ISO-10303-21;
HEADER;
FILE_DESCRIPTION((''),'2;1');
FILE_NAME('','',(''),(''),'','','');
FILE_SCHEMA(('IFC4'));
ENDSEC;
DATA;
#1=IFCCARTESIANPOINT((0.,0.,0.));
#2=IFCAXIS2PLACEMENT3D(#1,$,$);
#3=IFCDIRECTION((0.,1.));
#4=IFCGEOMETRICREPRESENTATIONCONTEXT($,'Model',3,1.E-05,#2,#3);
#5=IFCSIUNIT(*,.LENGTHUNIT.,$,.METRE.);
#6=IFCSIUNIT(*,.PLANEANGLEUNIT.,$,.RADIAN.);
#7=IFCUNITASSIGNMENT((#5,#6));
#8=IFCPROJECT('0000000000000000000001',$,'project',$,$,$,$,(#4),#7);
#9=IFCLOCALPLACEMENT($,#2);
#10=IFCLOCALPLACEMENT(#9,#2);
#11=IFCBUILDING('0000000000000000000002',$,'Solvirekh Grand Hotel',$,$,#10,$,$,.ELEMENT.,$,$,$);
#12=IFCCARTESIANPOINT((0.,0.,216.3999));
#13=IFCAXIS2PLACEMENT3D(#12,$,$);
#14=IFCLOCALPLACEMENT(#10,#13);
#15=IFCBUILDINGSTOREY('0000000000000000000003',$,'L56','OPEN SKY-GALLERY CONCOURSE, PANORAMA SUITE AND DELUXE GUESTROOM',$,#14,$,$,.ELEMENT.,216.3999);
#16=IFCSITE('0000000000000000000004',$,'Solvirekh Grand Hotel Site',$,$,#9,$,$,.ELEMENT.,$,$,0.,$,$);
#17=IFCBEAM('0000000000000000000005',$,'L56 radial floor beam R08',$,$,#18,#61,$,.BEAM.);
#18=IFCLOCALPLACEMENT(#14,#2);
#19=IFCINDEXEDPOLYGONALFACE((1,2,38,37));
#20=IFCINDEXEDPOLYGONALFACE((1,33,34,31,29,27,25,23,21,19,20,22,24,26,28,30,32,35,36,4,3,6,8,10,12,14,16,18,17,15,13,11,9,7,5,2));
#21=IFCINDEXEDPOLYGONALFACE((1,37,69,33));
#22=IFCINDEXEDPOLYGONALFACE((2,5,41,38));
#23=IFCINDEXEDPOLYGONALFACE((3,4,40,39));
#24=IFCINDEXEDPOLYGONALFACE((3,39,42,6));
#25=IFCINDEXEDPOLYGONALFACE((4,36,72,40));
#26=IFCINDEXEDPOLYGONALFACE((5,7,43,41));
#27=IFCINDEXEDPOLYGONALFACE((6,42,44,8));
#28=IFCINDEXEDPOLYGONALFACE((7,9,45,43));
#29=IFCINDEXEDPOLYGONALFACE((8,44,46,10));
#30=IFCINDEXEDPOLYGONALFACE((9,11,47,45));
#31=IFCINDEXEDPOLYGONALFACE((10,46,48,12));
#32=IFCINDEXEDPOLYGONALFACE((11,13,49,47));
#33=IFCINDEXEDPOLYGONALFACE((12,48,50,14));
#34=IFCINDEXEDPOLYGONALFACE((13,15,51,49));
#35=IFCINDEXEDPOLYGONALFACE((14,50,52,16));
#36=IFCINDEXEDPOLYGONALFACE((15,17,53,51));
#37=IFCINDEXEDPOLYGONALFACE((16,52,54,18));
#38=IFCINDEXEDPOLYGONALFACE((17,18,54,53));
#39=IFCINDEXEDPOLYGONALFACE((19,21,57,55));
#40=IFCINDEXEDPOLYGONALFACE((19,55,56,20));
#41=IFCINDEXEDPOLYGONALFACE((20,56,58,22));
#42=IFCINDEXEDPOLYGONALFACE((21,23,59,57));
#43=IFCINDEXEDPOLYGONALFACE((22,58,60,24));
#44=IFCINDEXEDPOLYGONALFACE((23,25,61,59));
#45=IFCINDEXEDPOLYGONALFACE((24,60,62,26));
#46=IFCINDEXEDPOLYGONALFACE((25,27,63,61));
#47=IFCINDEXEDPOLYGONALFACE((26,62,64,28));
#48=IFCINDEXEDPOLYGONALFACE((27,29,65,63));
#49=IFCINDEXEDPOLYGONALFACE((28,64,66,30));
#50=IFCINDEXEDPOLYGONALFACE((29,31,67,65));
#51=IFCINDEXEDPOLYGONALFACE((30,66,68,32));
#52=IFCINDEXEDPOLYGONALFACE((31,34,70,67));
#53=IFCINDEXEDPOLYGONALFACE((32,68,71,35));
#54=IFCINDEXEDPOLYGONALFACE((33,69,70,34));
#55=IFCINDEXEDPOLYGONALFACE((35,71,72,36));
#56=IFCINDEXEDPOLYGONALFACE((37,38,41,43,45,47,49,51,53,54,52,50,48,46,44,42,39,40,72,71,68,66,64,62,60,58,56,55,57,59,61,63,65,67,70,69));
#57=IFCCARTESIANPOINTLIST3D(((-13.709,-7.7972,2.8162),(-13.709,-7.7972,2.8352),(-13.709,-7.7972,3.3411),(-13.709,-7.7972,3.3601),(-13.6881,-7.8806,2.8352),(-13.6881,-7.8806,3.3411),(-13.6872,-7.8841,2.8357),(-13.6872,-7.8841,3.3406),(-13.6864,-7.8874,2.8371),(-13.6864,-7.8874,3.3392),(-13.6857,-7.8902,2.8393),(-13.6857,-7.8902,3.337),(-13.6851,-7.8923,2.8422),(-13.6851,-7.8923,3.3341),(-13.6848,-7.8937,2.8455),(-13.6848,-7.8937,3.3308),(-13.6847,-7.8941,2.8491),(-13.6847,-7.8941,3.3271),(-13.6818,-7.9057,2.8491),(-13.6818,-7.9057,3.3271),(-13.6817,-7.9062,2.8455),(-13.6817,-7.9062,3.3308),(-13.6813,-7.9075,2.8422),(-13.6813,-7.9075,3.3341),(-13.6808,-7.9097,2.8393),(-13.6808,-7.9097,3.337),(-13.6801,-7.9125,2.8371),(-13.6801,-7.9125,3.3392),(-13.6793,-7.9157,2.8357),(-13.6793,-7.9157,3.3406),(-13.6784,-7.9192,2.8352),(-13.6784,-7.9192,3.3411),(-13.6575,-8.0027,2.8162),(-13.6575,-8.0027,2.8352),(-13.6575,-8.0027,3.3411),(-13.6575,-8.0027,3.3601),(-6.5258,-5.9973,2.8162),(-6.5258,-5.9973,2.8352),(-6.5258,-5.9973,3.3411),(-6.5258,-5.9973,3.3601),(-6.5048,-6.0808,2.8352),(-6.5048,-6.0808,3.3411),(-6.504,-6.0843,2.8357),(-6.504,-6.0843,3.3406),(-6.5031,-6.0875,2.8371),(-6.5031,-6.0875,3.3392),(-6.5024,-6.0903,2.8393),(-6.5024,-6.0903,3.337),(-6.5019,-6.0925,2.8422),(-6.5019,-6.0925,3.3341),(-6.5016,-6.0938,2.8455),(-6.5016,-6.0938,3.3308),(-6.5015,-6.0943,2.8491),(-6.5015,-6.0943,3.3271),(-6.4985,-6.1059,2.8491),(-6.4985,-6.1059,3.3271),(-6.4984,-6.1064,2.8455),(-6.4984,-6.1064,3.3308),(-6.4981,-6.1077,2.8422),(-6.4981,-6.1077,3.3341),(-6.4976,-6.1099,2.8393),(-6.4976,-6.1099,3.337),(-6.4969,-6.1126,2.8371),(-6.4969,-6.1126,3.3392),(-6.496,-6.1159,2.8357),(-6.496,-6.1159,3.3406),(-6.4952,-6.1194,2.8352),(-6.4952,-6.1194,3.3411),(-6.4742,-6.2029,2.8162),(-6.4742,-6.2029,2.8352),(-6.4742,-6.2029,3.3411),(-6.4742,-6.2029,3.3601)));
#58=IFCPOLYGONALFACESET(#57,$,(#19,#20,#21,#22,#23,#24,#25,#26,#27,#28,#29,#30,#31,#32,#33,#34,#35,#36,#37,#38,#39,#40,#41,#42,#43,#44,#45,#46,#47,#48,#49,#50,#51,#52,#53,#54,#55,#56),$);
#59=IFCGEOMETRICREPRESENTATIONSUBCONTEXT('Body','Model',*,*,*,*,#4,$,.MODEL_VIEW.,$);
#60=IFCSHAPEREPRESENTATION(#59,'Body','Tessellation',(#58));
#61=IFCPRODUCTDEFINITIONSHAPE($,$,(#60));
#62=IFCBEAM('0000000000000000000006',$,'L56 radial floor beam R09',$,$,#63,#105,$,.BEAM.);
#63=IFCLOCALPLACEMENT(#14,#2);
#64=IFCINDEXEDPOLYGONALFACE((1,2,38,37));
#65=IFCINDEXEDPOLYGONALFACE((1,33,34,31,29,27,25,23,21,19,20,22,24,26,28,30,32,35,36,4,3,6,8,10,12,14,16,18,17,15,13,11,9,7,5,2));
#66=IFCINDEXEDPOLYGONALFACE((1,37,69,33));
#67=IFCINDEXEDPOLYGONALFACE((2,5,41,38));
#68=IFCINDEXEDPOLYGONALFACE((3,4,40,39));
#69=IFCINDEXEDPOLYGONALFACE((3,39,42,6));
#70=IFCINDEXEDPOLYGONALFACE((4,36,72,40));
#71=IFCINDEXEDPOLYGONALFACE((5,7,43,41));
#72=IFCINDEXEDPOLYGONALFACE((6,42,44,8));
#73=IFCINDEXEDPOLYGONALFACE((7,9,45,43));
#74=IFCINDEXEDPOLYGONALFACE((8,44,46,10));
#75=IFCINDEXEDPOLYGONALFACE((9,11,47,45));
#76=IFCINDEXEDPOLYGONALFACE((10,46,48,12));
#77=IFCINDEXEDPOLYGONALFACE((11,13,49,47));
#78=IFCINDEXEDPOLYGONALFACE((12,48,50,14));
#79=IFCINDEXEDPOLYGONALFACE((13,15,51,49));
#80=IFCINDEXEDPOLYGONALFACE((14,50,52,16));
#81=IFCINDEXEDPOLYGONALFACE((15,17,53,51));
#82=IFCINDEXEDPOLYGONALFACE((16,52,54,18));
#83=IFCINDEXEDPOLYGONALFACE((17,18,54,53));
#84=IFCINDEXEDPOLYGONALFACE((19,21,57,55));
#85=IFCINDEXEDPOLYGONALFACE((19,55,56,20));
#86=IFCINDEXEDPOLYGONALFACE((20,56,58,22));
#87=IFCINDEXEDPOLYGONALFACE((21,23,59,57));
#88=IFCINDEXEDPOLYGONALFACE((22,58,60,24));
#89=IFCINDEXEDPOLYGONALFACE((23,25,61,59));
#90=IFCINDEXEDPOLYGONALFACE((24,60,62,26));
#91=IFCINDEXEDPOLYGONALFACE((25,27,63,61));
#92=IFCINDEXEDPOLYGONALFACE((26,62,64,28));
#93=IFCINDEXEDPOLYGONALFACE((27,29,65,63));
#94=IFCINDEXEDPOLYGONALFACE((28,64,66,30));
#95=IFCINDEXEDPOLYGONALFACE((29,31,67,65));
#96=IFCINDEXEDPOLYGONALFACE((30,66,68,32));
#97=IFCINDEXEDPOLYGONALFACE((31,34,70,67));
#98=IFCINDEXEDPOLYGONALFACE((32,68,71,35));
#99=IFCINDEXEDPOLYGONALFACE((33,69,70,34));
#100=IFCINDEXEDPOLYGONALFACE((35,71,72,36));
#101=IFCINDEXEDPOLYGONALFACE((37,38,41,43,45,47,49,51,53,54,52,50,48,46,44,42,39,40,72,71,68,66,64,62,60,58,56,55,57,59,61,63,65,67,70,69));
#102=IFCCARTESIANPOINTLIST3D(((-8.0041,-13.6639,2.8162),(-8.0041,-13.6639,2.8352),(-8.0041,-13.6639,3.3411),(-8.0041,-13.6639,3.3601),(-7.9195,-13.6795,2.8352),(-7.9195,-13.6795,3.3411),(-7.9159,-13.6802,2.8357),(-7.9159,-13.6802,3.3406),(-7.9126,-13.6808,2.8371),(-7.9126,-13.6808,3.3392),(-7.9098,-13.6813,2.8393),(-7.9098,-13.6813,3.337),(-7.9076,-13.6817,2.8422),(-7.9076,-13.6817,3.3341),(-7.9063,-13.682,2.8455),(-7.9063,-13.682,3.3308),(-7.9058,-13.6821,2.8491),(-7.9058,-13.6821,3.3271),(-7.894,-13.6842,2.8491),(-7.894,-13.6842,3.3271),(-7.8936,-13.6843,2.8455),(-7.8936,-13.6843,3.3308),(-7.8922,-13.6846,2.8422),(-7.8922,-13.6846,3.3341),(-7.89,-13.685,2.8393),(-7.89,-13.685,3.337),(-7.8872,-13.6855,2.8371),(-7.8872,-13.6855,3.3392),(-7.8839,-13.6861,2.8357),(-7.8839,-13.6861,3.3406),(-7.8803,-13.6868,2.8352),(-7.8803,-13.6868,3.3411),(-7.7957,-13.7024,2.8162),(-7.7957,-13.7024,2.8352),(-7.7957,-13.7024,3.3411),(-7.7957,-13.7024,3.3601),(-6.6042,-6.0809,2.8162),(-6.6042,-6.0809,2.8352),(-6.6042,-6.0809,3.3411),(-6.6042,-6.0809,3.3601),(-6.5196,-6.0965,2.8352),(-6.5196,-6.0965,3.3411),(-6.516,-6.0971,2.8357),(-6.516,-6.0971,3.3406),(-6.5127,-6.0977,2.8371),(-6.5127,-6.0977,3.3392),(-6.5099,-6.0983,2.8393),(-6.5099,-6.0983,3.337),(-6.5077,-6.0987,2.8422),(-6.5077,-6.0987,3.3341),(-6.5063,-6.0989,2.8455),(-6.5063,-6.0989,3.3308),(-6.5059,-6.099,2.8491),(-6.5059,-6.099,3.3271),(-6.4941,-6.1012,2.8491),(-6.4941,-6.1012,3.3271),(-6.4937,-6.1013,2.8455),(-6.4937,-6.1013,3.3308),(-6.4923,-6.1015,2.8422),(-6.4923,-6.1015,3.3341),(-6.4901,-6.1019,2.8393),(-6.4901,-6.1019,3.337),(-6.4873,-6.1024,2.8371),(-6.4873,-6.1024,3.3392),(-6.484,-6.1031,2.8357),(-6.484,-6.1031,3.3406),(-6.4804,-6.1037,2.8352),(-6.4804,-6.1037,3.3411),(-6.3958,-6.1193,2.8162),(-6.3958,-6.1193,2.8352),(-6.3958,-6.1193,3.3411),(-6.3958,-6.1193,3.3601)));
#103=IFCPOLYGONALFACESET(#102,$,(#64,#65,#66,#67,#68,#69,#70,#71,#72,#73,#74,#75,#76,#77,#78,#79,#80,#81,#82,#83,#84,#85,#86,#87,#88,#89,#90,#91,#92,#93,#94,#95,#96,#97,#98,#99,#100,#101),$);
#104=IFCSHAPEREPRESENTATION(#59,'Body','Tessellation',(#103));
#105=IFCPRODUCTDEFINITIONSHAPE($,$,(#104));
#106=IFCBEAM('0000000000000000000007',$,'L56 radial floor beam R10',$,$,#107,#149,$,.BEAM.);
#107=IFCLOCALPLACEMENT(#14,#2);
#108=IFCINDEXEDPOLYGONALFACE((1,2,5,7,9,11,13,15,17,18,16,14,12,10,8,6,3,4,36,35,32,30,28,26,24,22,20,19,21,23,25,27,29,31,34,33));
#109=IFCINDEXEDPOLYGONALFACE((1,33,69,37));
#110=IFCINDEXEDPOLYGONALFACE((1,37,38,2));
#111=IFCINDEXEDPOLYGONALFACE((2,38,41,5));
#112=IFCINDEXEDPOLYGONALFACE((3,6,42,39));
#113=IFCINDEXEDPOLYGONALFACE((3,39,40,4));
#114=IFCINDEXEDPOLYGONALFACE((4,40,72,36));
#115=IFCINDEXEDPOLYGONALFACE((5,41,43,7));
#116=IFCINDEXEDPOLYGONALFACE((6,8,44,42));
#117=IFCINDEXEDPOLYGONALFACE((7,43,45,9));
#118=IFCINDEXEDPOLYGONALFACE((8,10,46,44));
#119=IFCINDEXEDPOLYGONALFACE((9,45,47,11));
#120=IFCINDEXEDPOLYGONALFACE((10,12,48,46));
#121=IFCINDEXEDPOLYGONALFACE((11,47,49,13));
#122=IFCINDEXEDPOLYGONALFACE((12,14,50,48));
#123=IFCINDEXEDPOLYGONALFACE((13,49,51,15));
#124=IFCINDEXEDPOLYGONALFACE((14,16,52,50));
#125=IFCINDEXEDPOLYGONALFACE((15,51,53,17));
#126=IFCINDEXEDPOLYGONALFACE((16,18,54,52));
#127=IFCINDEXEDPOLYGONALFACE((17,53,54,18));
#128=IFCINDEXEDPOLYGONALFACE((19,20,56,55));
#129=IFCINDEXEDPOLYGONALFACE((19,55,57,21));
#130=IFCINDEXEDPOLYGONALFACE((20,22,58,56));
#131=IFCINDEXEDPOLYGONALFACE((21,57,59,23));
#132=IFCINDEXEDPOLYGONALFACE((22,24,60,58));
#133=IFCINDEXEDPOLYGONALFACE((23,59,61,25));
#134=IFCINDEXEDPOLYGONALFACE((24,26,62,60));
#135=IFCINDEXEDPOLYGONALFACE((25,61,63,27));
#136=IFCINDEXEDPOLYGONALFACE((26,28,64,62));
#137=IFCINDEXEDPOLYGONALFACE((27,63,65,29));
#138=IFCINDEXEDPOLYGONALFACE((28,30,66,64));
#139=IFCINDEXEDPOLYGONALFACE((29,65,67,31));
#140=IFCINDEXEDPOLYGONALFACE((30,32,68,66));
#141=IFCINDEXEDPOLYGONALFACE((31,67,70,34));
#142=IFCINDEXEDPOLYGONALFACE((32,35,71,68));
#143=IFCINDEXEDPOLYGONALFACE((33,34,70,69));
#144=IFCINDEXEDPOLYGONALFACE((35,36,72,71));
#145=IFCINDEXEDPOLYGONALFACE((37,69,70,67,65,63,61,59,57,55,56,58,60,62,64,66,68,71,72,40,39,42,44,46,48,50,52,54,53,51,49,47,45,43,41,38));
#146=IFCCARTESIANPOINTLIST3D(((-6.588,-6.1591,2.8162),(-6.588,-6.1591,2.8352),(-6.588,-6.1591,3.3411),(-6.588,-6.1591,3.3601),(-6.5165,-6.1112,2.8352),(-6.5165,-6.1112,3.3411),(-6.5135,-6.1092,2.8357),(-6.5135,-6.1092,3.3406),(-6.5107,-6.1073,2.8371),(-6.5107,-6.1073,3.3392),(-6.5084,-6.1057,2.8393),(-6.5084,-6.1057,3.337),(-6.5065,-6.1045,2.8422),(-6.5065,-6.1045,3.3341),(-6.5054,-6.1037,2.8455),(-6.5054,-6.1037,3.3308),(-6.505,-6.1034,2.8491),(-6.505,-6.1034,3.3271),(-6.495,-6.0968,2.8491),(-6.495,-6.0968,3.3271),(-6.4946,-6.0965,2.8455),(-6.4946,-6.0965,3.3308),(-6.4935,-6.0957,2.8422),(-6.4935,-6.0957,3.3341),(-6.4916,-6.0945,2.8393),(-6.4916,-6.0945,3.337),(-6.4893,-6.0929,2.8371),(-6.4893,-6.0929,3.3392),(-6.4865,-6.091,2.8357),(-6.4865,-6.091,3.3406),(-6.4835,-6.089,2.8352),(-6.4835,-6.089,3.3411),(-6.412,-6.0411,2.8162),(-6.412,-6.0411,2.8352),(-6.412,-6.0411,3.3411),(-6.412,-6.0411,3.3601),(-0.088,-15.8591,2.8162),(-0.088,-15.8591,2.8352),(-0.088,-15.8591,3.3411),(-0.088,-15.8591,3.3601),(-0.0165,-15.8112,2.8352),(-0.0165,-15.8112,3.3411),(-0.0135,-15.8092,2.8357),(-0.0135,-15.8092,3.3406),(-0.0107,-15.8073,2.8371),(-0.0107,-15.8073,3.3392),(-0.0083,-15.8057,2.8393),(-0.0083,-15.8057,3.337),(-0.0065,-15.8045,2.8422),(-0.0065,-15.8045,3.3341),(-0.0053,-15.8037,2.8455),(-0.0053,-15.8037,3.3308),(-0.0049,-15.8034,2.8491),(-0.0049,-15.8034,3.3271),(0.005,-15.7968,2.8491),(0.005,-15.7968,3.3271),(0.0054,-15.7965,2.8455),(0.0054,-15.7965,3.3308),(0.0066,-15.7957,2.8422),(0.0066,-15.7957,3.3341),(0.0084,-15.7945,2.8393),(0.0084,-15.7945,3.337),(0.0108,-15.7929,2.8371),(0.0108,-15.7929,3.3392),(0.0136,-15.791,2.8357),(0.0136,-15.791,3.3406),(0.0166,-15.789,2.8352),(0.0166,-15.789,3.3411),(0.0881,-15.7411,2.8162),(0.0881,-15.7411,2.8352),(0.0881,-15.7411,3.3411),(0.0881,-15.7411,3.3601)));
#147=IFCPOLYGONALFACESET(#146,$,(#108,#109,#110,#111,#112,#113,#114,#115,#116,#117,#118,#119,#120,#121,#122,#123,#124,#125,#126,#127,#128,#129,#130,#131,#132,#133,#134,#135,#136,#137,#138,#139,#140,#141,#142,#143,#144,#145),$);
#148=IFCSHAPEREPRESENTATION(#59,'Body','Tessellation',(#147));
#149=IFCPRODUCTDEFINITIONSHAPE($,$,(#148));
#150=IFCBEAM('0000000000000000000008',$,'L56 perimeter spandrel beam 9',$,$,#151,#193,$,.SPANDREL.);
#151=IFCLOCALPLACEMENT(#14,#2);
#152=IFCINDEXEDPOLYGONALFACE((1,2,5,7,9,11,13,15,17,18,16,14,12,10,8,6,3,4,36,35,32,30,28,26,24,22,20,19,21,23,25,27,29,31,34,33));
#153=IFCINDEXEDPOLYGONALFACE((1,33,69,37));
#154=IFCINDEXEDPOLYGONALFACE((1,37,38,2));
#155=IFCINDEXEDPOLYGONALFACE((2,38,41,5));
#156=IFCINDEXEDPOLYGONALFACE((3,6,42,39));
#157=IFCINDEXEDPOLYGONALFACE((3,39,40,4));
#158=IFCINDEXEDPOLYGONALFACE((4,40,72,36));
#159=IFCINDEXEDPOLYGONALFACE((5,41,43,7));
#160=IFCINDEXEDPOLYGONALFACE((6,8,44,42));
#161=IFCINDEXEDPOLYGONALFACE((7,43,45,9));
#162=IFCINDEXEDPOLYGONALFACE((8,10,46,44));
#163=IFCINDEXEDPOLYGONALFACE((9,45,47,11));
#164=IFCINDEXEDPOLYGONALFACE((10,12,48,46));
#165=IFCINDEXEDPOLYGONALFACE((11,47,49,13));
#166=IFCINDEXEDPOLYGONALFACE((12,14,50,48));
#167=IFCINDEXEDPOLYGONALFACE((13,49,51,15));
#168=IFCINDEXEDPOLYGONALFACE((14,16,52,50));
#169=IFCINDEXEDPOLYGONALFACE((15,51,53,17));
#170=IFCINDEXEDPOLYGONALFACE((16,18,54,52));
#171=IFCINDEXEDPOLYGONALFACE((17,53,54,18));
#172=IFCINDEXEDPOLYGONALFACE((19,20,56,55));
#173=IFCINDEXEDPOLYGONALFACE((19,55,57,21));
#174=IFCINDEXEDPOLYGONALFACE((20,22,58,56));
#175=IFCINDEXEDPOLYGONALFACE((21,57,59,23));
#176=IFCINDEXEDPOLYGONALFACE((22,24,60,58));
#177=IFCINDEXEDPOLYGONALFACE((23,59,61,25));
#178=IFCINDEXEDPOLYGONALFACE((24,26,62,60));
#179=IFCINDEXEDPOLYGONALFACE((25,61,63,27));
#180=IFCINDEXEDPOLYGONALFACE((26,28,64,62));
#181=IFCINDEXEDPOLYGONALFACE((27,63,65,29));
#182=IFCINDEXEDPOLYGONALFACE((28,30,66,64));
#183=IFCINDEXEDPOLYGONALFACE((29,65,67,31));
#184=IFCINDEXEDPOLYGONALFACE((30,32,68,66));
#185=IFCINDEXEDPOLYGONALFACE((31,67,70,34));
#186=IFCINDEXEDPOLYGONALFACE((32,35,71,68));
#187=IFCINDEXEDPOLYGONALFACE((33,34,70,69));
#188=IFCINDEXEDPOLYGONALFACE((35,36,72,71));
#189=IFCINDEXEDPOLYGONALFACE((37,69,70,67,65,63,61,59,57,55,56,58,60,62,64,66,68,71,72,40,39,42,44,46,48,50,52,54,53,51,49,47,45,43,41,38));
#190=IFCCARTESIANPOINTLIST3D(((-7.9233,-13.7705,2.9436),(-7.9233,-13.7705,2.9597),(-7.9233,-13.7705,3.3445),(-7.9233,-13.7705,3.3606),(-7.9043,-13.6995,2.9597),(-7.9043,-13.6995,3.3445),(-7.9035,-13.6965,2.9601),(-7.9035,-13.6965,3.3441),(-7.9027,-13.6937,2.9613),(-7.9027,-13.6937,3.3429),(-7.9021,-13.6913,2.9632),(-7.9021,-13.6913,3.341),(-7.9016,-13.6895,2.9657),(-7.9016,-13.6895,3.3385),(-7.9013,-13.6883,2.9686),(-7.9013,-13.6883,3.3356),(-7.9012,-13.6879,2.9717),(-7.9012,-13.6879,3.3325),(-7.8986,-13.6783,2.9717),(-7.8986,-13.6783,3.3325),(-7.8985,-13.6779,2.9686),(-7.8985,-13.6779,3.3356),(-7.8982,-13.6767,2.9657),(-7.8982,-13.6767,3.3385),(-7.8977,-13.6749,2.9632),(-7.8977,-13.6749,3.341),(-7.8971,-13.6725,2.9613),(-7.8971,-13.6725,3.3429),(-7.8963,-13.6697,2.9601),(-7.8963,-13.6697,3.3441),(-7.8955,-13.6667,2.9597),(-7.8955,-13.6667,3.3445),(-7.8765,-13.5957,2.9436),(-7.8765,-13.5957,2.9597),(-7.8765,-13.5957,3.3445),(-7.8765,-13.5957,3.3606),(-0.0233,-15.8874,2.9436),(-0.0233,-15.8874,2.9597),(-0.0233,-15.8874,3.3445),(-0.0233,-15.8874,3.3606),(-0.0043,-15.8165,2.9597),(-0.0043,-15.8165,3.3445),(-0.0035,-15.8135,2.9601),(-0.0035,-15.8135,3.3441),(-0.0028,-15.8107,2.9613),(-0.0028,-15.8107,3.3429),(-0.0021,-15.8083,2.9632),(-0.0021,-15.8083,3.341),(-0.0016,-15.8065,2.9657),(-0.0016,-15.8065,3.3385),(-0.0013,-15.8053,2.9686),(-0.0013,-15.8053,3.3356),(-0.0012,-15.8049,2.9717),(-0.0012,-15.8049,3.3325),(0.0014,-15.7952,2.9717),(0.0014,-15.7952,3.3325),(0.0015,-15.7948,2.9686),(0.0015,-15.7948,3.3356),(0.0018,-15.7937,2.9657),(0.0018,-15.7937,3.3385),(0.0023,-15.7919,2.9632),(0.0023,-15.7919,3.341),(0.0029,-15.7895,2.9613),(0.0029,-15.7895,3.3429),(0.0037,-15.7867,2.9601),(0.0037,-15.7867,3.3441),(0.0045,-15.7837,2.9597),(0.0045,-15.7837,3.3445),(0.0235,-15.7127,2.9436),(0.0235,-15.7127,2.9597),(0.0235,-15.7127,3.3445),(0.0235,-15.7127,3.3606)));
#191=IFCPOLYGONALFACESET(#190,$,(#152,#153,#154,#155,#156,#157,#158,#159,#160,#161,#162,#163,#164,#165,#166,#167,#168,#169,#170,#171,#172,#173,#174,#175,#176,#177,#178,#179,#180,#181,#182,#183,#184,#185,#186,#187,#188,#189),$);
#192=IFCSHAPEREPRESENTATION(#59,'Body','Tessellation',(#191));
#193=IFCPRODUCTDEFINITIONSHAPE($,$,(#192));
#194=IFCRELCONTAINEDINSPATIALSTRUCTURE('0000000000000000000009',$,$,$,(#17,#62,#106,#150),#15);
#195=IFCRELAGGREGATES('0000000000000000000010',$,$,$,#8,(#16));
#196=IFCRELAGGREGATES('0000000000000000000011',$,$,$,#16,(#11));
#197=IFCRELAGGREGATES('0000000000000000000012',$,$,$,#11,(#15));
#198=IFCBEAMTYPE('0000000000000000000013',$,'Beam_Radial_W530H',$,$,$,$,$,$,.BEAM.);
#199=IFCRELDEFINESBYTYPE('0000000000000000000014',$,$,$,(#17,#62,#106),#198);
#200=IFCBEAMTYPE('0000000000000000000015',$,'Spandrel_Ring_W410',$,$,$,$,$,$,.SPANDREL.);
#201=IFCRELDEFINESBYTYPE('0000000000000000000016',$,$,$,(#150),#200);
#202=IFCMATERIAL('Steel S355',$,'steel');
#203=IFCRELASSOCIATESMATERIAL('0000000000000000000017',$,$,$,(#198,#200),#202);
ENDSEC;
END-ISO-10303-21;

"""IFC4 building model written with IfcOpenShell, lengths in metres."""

from ifc_helpers import new_model, si_unit, direction, frame, origin, origin_2d, place, context, subcontext, project, spatial, i_section, extrude, material, material_profile, profile_set, type_object, element, save


model = new_model("IFC4")

# Units and contexts
model_context = context("Model", 3, precision=1e-05, world=origin(), true_north=direction((0.0, 1.0)))
body_context = subcontext(model_context, "Body", "Model", "MODEL_VIEW")
ifc_project = project(units=[si_unit("LENGTHUNIT", "METRE"), si_unit("PLANEANGLEUNIT", "RADIAN")], contexts=[model_context])

# Site, building, storey
site_placement = place(None, origin())
site = spatial("IfcSite", under=ifc_project, at=site_placement, Name="Solvirekh Grand Hotel Site", CompositionType="ELEMENT", RefElevation=0.0)
building_placement = place(site_placement, origin())
building = spatial("IfcBuilding", under=site, at=building_placement, Name="Solvirekh Grand Hotel", CompositionType="ELEMENT")
storey_placement = place(building_placement, frame((0.0, 0.0, 216.3999)))
storey = spatial("IfcBuildingStorey", under=building, at=storey_placement, Name="L56", Description="OPEN SKY-GALLERY CONCOURSE, PANORAMA SUITE AND DELUXE GUESTROOM", CompositionType="ELEMENT", Elevation=216.3999)

# Beams
ifc_material_1 = material(Name="Steel S355", Category="steel")
ifc_material_profile_1 = material_profile(ifc_material_1, i_section(OverallWidth=0.2119, OverallDepth=0.5439, WebThickness=0.012, FlangeThickness=0.019, FilletRadius=0.0139, at=origin_2d()), Name="W530X123")
ifc_profile_set_1 = profile_set([ifc_material_profile_1], Name="Steel S355")
beam_type_1 = type_object("IfcBeamType", Name="Beam_Radial_W530H", PredefinedType="BEAM", material=ifc_profile_set_1)
beam_1_placement = place(storey_placement, frame((-6.5, -6.1001, 3.0881), z_axis=(-0.970014, -0.243048, 0.0), x_axis=(0.243048, -0.970014, 0.0)))
element("IfcBeam", 1, at=beam_1_placement, inside=storey, type_object=beam_type_1, Name="L56 radial floor beam R08", PredefinedType="BEAM", context=body_context, shape_type="SweptSolid", body=[
    extrude(i_section(OverallWidth=0.2119, OverallDepth=0.5439, WebThickness=0.012, FlangeThickness=0.019, FilletRadius=0.0139, at=origin_2d()), origin(), (0.0, 0.0, 1.0), 7.4053),
])
beam_2_placement = place(storey_placement, frame((-6.5, -6.1001, 3.0881), z_axis=(-0.181543, -0.983383, 0.0), x_axis=(0.983383, -0.181543, 0.0)))
element("IfcBeam", 2, at=beam_2_placement, inside=storey, type_object=beam_type_1, Name="L56 radial floor beam R09", PredefinedType="BEAM", context=body_context, shape_type="SweptSolid", body=[
    extrude(i_section(OverallWidth=0.2119, OverallDepth=0.5439, WebThickness=0.012, FlangeThickness=0.019, FilletRadius=0.0139, at=origin_2d()), origin(), (0.0, 0.0, 1.0), 7.7112),
])
beam_3_placement = place(storey_placement, frame((-6.5, -6.1001, 3.0881), z_axis=(0.556677, -0.830729, 0.0), x_axis=(0.830729, 0.556677, 0.0)))
element("IfcBeam", 3, at=beam_3_placement, inside=storey, type_object=beam_type_1, Name="L56 radial floor beam R10", PredefinedType="BEAM", context=body_context, shape_type="SweptSolid", body=[
    extrude(i_section(OverallWidth=0.2119, OverallDepth=0.5439, WebThickness=0.012, FlangeThickness=0.019, FilletRadius=0.0139, at=origin_2d()), origin(), (0.0, 0.0, 1.0), 11.6765),
])
ifc_material_profile_2 = material_profile(ifc_material_1, i_section(OverallWidth=0.1809, OverallDepth=0.417, WebThickness=0.01, FlangeThickness=0.0161, FilletRadius=0.012, at=origin_2d()), Name="W410X85")
ifc_profile_set_2 = profile_set([ifc_material_profile_2], Name="Steel S355")
beam_type_2 = type_object("IfcBeamType", Name="Spandrel_Ring_W410", PredefinedType="SPANDREL", material=ifc_profile_set_2)
for number, where, z_axis, x_axis, name in (
    (4, (-7.8999, -13.6831, 3.1521), (0.965921, -0.258839, 0.0), (0.258839, 0.965921, 0.0), "L56 perimeter spandrel beam 9"),
):
    element("IfcBeam", number, at=place(storey_placement, frame(where, z_axis=z_axis, x_axis=x_axis)), inside=storey, type_object=beam_type_2, Name=name, PredefinedType="SPANDREL", context=body_context, shape_type="SweptSolid", body=[
        extrude(i_section(OverallWidth=0.1809, OverallDepth=0.417, WebThickness=0.01, FlangeThickness=0.0161, FilletRadius=0.012, at=origin_2d()), origin(), (0.0, 0.0, 1.0), 8.1787),
    ])

save(model, "model.ifc")
